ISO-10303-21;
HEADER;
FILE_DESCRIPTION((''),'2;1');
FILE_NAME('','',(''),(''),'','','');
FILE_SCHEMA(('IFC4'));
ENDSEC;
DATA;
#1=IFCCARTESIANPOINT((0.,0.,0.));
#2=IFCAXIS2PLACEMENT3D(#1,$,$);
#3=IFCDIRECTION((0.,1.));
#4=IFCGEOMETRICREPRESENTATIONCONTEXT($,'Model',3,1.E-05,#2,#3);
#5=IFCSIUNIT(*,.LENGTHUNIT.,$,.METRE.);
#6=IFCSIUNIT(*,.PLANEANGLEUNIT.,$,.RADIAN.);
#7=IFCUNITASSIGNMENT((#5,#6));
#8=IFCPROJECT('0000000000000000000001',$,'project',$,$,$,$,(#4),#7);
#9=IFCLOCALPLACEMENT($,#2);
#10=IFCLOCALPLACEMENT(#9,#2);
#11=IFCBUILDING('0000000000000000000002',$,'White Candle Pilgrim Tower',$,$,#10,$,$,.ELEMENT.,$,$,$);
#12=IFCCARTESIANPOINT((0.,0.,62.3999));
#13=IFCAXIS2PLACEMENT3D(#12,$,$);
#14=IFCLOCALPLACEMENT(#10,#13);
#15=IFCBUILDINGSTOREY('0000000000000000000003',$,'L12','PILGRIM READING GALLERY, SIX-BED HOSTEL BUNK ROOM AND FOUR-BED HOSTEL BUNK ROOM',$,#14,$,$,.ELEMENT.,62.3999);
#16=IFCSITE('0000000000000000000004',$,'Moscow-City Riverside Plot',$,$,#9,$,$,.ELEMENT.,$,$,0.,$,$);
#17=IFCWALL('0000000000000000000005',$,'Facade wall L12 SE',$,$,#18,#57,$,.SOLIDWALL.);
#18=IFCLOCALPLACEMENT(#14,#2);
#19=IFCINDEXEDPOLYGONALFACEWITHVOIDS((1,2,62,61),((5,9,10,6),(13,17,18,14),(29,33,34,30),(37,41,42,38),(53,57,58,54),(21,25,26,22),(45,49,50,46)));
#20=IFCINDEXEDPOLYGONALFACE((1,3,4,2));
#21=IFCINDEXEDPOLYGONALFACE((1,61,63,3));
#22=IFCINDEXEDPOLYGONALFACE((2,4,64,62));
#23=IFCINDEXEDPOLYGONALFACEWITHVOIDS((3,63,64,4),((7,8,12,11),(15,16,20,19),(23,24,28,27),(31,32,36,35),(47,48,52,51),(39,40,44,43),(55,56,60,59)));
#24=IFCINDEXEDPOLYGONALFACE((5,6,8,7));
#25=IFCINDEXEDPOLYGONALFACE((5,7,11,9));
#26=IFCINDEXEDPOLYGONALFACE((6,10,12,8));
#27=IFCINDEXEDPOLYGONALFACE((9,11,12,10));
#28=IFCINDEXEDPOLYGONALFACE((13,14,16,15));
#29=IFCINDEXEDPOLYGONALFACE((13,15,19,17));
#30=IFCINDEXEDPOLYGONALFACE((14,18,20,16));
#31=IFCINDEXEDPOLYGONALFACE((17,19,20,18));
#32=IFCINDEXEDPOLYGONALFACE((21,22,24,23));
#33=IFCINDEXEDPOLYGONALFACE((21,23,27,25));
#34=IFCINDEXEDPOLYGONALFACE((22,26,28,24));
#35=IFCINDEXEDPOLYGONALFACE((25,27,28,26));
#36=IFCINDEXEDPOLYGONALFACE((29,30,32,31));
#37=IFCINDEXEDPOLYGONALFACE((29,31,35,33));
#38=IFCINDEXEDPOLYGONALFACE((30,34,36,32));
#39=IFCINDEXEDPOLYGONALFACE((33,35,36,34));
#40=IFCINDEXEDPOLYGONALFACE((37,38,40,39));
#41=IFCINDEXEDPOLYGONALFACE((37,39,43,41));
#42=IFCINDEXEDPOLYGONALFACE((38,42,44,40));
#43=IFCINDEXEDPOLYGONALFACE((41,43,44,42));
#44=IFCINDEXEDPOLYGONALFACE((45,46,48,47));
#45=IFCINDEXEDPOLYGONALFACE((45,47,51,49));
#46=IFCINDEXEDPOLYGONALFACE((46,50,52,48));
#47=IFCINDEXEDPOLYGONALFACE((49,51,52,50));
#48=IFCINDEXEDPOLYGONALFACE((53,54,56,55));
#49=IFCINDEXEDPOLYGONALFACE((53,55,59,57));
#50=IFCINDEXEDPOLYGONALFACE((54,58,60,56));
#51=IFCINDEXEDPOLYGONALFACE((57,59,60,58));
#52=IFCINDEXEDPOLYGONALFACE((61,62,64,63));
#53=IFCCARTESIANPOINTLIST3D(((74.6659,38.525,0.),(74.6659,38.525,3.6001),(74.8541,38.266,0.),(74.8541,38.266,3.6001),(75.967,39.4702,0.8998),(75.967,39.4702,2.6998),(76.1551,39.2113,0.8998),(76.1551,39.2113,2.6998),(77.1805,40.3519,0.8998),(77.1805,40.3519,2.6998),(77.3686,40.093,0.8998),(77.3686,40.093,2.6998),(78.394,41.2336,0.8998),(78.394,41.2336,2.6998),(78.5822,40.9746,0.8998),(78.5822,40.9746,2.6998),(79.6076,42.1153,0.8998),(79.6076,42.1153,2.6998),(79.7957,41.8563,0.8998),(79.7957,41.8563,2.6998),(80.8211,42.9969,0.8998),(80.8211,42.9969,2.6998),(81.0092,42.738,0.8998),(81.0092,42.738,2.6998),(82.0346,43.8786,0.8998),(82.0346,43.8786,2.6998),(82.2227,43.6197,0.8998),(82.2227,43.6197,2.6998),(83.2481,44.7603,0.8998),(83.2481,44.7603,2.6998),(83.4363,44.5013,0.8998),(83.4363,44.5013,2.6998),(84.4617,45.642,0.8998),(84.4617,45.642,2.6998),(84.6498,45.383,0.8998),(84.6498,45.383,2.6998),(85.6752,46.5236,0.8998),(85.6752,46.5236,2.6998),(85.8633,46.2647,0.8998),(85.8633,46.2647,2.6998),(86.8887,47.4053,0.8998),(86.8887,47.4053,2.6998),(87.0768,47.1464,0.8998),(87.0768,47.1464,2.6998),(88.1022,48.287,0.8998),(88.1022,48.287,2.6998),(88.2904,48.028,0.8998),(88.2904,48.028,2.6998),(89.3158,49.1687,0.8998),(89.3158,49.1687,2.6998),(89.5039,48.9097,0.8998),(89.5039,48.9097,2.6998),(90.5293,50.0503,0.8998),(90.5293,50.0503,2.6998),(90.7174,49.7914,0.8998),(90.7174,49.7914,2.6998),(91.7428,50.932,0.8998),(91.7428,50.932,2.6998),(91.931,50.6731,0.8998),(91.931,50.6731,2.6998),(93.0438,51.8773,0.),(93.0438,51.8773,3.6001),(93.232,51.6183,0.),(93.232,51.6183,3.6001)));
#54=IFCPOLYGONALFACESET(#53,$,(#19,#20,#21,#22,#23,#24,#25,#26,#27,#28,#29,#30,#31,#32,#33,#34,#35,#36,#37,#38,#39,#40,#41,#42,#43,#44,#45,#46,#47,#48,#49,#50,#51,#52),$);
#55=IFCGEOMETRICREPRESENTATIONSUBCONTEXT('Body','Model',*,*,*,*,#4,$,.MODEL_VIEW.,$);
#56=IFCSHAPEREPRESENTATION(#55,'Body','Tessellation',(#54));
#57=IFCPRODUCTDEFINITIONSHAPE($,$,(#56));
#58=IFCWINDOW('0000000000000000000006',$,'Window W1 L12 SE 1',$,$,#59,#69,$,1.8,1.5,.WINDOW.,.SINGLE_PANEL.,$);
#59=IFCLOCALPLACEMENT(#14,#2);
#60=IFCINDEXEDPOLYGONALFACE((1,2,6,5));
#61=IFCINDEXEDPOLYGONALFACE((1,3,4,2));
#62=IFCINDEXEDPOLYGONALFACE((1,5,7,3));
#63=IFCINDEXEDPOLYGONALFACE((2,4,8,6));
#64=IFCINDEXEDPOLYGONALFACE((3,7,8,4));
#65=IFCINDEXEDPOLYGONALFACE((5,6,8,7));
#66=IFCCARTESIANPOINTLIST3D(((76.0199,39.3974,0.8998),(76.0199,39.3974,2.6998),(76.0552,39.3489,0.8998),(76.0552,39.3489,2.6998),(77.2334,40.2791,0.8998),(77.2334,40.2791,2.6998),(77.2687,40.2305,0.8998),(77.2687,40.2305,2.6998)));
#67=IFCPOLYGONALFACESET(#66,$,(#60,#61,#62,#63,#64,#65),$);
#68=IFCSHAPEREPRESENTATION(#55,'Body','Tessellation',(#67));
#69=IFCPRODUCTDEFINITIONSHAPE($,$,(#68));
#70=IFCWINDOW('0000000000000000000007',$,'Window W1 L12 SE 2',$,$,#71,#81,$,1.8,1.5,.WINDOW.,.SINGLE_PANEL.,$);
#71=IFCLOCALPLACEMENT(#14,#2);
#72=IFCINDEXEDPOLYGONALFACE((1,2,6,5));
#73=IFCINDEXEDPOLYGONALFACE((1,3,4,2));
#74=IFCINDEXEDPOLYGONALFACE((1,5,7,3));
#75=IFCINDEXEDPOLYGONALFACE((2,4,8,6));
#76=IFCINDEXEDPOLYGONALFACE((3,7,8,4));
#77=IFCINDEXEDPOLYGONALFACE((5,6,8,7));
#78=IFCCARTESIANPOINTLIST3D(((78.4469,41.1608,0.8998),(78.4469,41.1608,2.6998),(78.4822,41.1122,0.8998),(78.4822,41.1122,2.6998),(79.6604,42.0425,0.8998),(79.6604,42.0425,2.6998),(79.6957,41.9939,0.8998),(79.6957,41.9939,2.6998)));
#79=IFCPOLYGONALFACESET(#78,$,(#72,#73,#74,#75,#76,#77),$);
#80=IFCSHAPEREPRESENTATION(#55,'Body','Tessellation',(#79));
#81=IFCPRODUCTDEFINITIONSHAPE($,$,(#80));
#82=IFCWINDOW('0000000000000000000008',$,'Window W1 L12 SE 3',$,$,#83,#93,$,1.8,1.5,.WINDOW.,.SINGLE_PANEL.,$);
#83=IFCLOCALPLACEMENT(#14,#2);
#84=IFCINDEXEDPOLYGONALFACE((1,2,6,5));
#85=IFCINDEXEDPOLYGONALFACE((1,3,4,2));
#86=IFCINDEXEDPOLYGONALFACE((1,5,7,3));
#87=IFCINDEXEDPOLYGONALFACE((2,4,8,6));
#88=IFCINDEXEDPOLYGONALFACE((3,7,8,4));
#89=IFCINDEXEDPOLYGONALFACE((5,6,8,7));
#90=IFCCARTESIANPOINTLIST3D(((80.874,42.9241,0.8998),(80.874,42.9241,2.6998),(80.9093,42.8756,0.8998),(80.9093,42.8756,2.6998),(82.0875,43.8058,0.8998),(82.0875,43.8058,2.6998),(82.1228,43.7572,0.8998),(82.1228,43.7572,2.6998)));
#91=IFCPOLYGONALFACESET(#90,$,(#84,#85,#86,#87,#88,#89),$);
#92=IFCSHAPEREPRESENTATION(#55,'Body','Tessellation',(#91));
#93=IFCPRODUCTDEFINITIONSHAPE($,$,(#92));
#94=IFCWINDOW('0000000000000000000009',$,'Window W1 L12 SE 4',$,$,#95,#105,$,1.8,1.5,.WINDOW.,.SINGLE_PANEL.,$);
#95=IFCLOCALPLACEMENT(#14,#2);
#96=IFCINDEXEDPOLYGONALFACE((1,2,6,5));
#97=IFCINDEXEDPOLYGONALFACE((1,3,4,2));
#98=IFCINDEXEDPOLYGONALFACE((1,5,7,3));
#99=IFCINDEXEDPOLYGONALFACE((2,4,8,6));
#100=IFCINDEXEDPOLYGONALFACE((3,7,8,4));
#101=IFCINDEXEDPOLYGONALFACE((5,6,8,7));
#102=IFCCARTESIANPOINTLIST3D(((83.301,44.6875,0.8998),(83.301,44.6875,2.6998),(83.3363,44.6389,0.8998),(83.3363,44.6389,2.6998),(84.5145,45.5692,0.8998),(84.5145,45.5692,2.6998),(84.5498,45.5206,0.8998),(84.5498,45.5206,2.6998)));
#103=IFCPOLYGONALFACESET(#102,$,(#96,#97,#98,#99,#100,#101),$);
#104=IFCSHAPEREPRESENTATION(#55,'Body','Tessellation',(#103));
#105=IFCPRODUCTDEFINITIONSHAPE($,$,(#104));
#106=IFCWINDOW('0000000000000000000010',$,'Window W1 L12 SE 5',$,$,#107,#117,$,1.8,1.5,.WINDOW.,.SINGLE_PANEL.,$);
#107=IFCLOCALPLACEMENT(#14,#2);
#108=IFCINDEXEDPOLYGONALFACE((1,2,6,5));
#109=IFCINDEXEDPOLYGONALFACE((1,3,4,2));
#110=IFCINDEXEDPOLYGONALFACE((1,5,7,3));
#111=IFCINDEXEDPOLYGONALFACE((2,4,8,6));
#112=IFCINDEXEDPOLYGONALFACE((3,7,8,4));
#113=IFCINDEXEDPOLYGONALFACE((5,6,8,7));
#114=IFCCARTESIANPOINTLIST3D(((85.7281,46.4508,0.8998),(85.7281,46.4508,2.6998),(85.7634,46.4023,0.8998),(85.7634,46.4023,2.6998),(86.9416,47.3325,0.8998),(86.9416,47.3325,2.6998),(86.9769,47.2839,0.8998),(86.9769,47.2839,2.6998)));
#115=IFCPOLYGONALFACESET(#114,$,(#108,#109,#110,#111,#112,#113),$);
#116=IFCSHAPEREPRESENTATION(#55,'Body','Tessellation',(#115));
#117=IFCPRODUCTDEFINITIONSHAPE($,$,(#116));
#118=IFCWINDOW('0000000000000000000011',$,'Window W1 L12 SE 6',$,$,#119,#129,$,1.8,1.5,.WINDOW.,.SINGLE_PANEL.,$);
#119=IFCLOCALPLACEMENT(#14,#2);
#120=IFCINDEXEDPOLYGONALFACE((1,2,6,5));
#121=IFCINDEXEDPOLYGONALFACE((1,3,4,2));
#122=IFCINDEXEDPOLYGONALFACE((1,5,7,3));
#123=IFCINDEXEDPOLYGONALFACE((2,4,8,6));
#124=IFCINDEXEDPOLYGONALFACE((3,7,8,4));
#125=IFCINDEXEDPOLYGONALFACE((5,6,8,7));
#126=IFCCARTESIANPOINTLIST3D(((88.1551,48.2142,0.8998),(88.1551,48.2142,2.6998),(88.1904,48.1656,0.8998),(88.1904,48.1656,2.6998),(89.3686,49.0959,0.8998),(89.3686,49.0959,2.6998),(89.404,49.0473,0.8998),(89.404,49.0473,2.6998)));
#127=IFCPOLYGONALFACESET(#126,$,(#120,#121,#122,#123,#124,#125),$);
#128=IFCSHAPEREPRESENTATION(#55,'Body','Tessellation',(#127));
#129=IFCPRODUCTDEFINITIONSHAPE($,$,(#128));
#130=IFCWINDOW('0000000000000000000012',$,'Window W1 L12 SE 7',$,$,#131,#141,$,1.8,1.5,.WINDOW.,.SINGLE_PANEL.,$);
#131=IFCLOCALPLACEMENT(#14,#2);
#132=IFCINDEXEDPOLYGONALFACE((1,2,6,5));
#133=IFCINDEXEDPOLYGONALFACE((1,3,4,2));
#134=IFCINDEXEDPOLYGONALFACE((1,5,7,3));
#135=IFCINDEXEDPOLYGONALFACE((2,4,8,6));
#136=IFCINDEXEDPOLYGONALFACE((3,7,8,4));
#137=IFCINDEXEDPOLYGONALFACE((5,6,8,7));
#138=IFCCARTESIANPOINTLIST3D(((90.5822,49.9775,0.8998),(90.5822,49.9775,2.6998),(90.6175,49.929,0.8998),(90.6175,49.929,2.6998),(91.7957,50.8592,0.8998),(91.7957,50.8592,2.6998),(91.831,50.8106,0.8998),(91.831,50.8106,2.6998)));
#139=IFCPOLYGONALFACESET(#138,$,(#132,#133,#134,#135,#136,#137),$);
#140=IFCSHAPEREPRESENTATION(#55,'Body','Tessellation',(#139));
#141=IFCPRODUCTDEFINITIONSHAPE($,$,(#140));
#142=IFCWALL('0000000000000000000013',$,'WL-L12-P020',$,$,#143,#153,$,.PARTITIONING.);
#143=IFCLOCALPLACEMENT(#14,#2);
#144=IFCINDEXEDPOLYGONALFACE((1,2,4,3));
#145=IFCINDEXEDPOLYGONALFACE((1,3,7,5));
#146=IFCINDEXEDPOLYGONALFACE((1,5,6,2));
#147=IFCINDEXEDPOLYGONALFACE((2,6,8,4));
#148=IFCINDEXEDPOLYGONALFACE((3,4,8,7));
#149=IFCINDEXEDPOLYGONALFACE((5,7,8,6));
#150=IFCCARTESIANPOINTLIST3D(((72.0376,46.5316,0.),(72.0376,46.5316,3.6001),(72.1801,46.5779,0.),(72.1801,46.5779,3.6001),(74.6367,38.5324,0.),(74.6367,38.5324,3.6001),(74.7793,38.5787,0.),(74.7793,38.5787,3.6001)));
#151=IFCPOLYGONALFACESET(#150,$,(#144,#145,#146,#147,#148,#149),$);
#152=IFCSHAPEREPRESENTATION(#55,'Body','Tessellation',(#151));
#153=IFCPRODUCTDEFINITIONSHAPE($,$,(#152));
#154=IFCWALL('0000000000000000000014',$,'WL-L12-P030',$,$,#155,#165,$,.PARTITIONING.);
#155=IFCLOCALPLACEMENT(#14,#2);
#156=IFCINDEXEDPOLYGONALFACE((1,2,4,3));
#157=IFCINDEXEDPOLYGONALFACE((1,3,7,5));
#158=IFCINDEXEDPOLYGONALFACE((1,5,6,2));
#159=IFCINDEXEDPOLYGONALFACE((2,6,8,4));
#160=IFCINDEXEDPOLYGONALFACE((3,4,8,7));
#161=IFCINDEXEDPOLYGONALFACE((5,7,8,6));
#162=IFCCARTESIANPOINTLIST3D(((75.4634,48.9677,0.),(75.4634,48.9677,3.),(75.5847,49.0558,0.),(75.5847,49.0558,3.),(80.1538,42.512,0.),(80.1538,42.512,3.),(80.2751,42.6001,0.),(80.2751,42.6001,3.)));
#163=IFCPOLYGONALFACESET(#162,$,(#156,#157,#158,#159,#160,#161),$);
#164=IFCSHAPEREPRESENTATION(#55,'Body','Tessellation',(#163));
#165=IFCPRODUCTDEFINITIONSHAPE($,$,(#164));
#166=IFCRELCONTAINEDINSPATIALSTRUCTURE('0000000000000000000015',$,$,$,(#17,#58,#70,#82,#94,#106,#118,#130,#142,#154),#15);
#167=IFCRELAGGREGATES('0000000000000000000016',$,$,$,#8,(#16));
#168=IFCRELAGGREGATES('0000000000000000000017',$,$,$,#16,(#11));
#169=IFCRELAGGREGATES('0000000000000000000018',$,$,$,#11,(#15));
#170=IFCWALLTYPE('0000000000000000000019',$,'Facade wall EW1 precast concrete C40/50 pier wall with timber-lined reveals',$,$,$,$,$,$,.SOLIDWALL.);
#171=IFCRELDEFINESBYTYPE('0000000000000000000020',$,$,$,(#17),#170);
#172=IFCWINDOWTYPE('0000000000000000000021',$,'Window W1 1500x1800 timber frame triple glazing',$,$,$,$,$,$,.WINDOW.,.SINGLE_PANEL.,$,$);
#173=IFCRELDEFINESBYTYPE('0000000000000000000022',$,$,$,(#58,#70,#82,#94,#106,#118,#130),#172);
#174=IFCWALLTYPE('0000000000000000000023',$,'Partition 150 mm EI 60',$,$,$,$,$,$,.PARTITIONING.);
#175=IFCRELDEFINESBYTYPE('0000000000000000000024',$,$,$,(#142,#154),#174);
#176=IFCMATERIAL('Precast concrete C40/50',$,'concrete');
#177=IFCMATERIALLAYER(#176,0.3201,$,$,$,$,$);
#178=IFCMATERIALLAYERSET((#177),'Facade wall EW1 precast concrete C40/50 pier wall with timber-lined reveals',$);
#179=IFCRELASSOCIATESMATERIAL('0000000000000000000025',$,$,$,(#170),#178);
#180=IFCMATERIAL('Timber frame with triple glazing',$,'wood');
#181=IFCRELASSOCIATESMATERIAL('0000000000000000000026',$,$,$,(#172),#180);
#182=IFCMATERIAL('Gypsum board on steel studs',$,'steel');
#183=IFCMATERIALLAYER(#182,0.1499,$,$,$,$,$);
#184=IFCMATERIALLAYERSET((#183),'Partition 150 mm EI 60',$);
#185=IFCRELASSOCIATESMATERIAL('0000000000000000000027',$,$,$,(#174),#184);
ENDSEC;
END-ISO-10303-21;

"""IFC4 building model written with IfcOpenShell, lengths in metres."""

from ifc_helpers import new_model, si_unit, direction, frame, frame_2d, origin, place, context, subcontext, project, spatial, rectangle, extrude, material, layer, layer_set, type_object, element, fill, save


model = new_model("IFC4")

# Units and contexts
model_context = context("Model", 3, precision=1e-05, world=origin(), true_north=direction((0.0, 1.0)))
body_context = subcontext(model_context, "Body", "Model", "MODEL_VIEW")
ifc_project = project(units=[si_unit("LENGTHUNIT", "METRE"), si_unit("PLANEANGLEUNIT", "RADIAN")], contexts=[model_context])

# Site, building, storey
site_placement = place(None, origin())
site = spatial("IfcSite", under=ifc_project, at=site_placement, Name="Moscow-City Riverside Plot", CompositionType="ELEMENT", RefElevation=0.0)
building_placement = place(site_placement, origin())
building = spatial("IfcBuilding", under=site, at=building_placement, Name="White Candle Pilgrim Tower", CompositionType="ELEMENT")
storey_placement = place(building_placement, frame((0.0, 0.0, 62.3999)))
storey = spatial("IfcBuildingStorey", under=building, at=storey_placement, Name="L12", Description="PILGRIM READING GALLERY, SIX-BED HOSTEL BUNK ROOM AND FOUR-BED HOSTEL BUNK ROOM", CompositionType="ELEMENT", Elevation=62.3999)

# Shared definitions
ifc_material_1 = material(Name="Gypsum board on steel studs", Category="steel")

# Wall, openings, windows
ifc_material_2 = material(Name="Precast concrete C40/50", Category="concrete")
ifc_layer_1 = layer(ifc_material_2, 0.3201)
ifc_layer_set_1 = layer_set([ifc_layer_1], Name="Facade wall EW1 precast concrete C40/50 pier wall with timber-lined reveals")
wall_type_1 = type_object("IfcWallType", Name="Facade wall EW1 precast concrete C40/50 pier wall with timber-lined reveals", PredefinedType="SOLIDWALL", material=ifc_layer_set_1)
wall_1_placement = place(storey_placement, frame((74.76, 38.3955, 0.0), z_axis=(0.0, 0.0, 1.0), x_axis=(0.809018, 0.587784, 0.0)))
wall_1 = element("IfcWall", 1, at=wall_1_placement, inside=storey, type_object=wall_type_1, Name="Facade wall L12 SE", PredefinedType="SOLIDWALL", context=body_context, shape_type="SweptSolid", body=[
    extrude(rectangle(XDim=22.7163, YDim=0.3201, at=frame_2d((11.3582, 0.0))), origin(), (0.0, 0.0, 1.0), 3.6001),
])
opening_1_placement = place(wall_1_placement, frame((1.6082, 0.0, 0.8999)))
opening_1 = element("IfcOpeningElement", 2, at=opening_1_placement, cuts=wall_1, PredefinedType="OPENING", context=body_context, shape_type="SweptSolid", body=[
    extrude(rectangle(XDim=1.5, YDim=1.8, at=frame_2d((0.75, 0.8999))), frame((0.0, 0.1699, 0.0), z_axis=(0.0, -1.0, 0.0), x_axis=(1.0, 0.0, 0.0)), (0.0, 0.0, 1.0), 0.3401),
])
opening_2_placement = place(wall_1_placement, frame((4.6082, 0.0, 0.8999)))
opening_2 = element("IfcOpeningElement", 3, at=opening_2_placement, cuts=wall_1, PredefinedType="OPENING", context=body_context, shape_type="SweptSolid", body=[
    extrude(rectangle(XDim=1.5, YDim=1.8, at=frame_2d((0.75, 0.8999))), frame((0.0, 0.1699, 0.0), z_axis=(0.0, -1.0, 0.0), x_axis=(1.0, 0.0, 0.0)), (0.0, 0.0, 1.0), 0.3401),
])
opening_3_placement = place(wall_1_placement, frame((7.6082, 0.0, 0.8999)))
opening_3 = element("IfcOpeningElement", 4, at=opening_3_placement, cuts=wall_1, PredefinedType="OPENING", context=body_context, shape_type="SweptSolid", body=[
    extrude(rectangle(XDim=1.5, YDim=1.8, at=frame_2d((0.75, 0.8999))), frame((0.0, 0.1699, 0.0), z_axis=(0.0, -1.0, 0.0), x_axis=(1.0, 0.0, 0.0)), (0.0, 0.0, 1.0), 0.3401),
])
opening_4_placement = place(wall_1_placement, frame((10.6082, 0.0, 0.8999)))
opening_4 = element("IfcOpeningElement", 5, at=opening_4_placement, cuts=wall_1, PredefinedType="OPENING", context=body_context, shape_type="SweptSolid", body=[
    extrude(rectangle(XDim=1.5, YDim=1.8, at=frame_2d((0.75, 0.8999))), frame((0.0, 0.1699, 0.0), z_axis=(0.0, -1.0, 0.0), x_axis=(1.0, 0.0, 0.0)), (0.0, 0.0, 1.0), 0.3401),
])
opening_5_placement = place(wall_1_placement, frame((13.6082, 0.0, 0.8999)))
opening_5 = element("IfcOpeningElement", 6, at=opening_5_placement, cuts=wall_1, PredefinedType="OPENING", context=body_context, shape_type="SweptSolid", body=[
    extrude(rectangle(XDim=1.5, YDim=1.8, at=frame_2d((0.75, 0.8999))), frame((0.0, 0.1699, 0.0), z_axis=(0.0, -1.0, 0.0), x_axis=(1.0, 0.0, 0.0)), (0.0, 0.0, 1.0), 0.3401),
])
opening_6_placement = place(wall_1_placement, frame((16.6082, 0.0, 0.8999)))
opening_6 = element("IfcOpeningElement", 7, at=opening_6_placement, cuts=wall_1, PredefinedType="OPENING", context=body_context, shape_type="SweptSolid", body=[
    extrude(rectangle(XDim=1.5, YDim=1.8, at=frame_2d((0.75, 0.8999))), frame((0.0, 0.1699, 0.0), z_axis=(0.0, -1.0, 0.0), x_axis=(1.0, 0.0, 0.0)), (0.0, 0.0, 1.0), 0.3401),
])
opening_7_placement = place(wall_1_placement, frame((19.6082, 0.0, 0.8999)))
opening_7 = element("IfcOpeningElement", 8, at=opening_7_placement, cuts=wall_1, PredefinedType="OPENING", context=body_context, shape_type="SweptSolid", body=[
    extrude(rectangle(XDim=1.5, YDim=1.8, at=frame_2d((0.75, 0.8999))), frame((0.0, 0.1699, 0.0), z_axis=(0.0, -1.0, 0.0), x_axis=(1.0, 0.0, 0.0)), (0.0, 0.0, 1.0), 0.3401),
])
ifc_material_3 = material(Name="Timber frame with triple glazing", Category="wood")
window_type = type_object("IfcWindowType", Name="Window W1 1500x1800 timber frame triple glazing", PartitioningType="SINGLE_PANEL", PredefinedType="WINDOW", material=ifc_material_3)
window_1_placement = place(opening_1_placement, origin())
window_1 = element("IfcWindow", 9, at=window_1_placement, inside=storey, type_object=window_type, Name="Window W1 L12 SE 1", OverallHeight=1.8, OverallWidth=1.5, PartitioningType="SINGLE_PANEL", PredefinedType="WINDOW", context=body_context, shape_type="SweptSolid", body=[
    extrude(rectangle(XDim=1.5, YDim=1.8, at=frame_2d((0.75, 0.8999))), frame((0.0, 0.0701, 0.0), z_axis=(0.0, -1.0, 0.0), x_axis=(1.0, 0.0, 0.0)), (0.0, 0.0, 1.0), 0.0601),
])
fill(opening_1, window_1)
window_2_placement = place(opening_2_placement, origin())
window_2 = element("IfcWindow", 10, at=window_2_placement, inside=storey, type_object=window_type, Name="Window W1 L12 SE 2", OverallHeight=1.8, OverallWidth=1.5, PartitioningType="SINGLE_PANEL", PredefinedType="WINDOW", context=body_context, shape_type="SweptSolid", body=[
    extrude(rectangle(XDim=1.5, YDim=1.8, at=frame_2d((0.75, 0.8999))), frame((0.0, 0.0701, 0.0), z_axis=(0.0, -1.0, 0.0), x_axis=(1.0, 0.0, 0.0)), (0.0, 0.0, 1.0), 0.0601),
])
fill(opening_2, window_2)
window_3_placement = place(opening_3_placement, origin())
window_3 = element("IfcWindow", 11, at=window_3_placement, inside=storey, type_object=window_type, Name="Window W1 L12 SE 3", OverallHeight=1.8, OverallWidth=1.5, PartitioningType="SINGLE_PANEL", PredefinedType="WINDOW", context=body_context, shape_type="SweptSolid", body=[
    extrude(rectangle(XDim=1.5, YDim=1.8, at=frame_2d((0.75, 0.8999))), frame((0.0, 0.0701, 0.0), z_axis=(0.0, -1.0, 0.0), x_axis=(1.0, 0.0, 0.0)), (0.0, 0.0, 1.0), 0.0601),
])
fill(opening_3, window_3)
window_4_placement = place(opening_4_placement, origin())
window_4 = element("IfcWindow", 12, at=window_4_placement, inside=storey, type_object=window_type, Name="Window W1 L12 SE 4", OverallHeight=1.8, OverallWidth=1.5, PartitioningType="SINGLE_PANEL", PredefinedType="WINDOW", context=body_context, shape_type="SweptSolid", body=[
    extrude(rectangle(XDim=1.5, YDim=1.8, at=frame_2d((0.75, 0.8999))), frame((0.0, 0.0701, 0.0), z_axis=(0.0, -1.0, 0.0), x_axis=(1.0, 0.0, 0.0)), (0.0, 0.0, 1.0), 0.0601),
])
fill(opening_4, window_4)
window_5_placement = place(opening_5_placement, origin())
window_5 = element("IfcWindow", 13, at=window_5_placement, inside=storey, type_object=window_type, Name="Window W1 L12 SE 5", OverallHeight=1.8, OverallWidth=1.5, PartitioningType="SINGLE_PANEL", PredefinedType="WINDOW", context=body_context, shape_type="SweptSolid", body=[
    extrude(rectangle(XDim=1.5, YDim=1.8, at=frame_2d((0.75, 0.8999))), frame((0.0, 0.0701, 0.0), z_axis=(0.0, -1.0, 0.0), x_axis=(1.0, 0.0, 0.0)), (0.0, 0.0, 1.0), 0.0601),
])
fill(opening_5, window_5)
window_6_placement = place(opening_6_placement, origin())
window_6 = element("IfcWindow", 14, at=window_6_placement, inside=storey, type_object=window_type, Name="Window W1 L12 SE 6", OverallHeight=1.8, OverallWidth=1.5, PartitioningType="SINGLE_PANEL", PredefinedType="WINDOW", context=body_context, shape_type="SweptSolid", body=[
    extrude(rectangle(XDim=1.5, YDim=1.8, at=frame_2d((0.75, 0.8999))), frame((0.0, 0.0701, 0.0), z_axis=(0.0, -1.0, 0.0), x_axis=(1.0, 0.0, 0.0)), (0.0, 0.0, 1.0), 0.0601),
])
fill(opening_6, window_6)
window_7_placement = place(opening_7_placement, origin())
window_7 = element("IfcWindow", 15, at=window_7_placement, inside=storey, type_object=window_type, Name="Window W1 L12 SE 7", OverallHeight=1.8, OverallWidth=1.5, PartitioningType="SINGLE_PANEL", PredefinedType="WINDOW", context=body_context, shape_type="SweptSolid", body=[
    extrude(rectangle(XDim=1.5, YDim=1.8, at=frame_2d((0.75, 0.8999))), frame((0.0, 0.0701, 0.0), z_axis=(0.0, -1.0, 0.0), x_axis=(1.0, 0.0, 0.0)), (0.0, 0.0, 1.0), 0.0601),
])
fill(opening_7, window_7)

# Walls
ifc_layer_2 = layer(ifc_material_1, 0.1499)
ifc_layer_set_2 = layer_set([ifc_layer_2], Name="Partition 150 mm EI 60")
wall_type_2 = type_object("IfcWallType", Name="Partition 150 mm EI 60", PredefinedType="PARTITIONING", material=ifc_layer_set_2)
wall_2_placement = place(storey_placement, frame((74.708, 38.5554, 0.0), z_axis=(0.0, 0.0, 1.0), x_axis=(-0.309017, 0.951056, 0.0)))
element("IfcWall", 16, at=wall_2_placement, inside=storey, type_object=wall_type_2, Name="WL-L12-P020", PredefinedType="PARTITIONING", context=body_context, shape_type="SweptSolid", body=[
    extrude(rectangle(XDim=8.4109, YDim=0.1499, at=frame_2d((4.2056, 0.0))), origin(), (0.0, 0.0, 1.0), 3.6001),
])
wall_3_placement = place(storey_placement, frame((80.2144, 42.5562, 0.0), z_axis=(0.0, 0.0, 1.0), x_axis=(-0.587786, 0.809016, 0.0)))
element("IfcWall", 17, at=wall_3_placement, inside=storey, type_object=wall_type_2, Name="WL-L12-P030", PredefinedType="PARTITIONING", context=body_context, shape_type="SweptSolid", body=[
    extrude(rectangle(XDim=7.9797, YDim=0.1499, at=frame_2d((3.9897, 0.0))), origin(), (0.0, 0.0, 1.0), 3.0),
])

save(model, "model.ifc")
